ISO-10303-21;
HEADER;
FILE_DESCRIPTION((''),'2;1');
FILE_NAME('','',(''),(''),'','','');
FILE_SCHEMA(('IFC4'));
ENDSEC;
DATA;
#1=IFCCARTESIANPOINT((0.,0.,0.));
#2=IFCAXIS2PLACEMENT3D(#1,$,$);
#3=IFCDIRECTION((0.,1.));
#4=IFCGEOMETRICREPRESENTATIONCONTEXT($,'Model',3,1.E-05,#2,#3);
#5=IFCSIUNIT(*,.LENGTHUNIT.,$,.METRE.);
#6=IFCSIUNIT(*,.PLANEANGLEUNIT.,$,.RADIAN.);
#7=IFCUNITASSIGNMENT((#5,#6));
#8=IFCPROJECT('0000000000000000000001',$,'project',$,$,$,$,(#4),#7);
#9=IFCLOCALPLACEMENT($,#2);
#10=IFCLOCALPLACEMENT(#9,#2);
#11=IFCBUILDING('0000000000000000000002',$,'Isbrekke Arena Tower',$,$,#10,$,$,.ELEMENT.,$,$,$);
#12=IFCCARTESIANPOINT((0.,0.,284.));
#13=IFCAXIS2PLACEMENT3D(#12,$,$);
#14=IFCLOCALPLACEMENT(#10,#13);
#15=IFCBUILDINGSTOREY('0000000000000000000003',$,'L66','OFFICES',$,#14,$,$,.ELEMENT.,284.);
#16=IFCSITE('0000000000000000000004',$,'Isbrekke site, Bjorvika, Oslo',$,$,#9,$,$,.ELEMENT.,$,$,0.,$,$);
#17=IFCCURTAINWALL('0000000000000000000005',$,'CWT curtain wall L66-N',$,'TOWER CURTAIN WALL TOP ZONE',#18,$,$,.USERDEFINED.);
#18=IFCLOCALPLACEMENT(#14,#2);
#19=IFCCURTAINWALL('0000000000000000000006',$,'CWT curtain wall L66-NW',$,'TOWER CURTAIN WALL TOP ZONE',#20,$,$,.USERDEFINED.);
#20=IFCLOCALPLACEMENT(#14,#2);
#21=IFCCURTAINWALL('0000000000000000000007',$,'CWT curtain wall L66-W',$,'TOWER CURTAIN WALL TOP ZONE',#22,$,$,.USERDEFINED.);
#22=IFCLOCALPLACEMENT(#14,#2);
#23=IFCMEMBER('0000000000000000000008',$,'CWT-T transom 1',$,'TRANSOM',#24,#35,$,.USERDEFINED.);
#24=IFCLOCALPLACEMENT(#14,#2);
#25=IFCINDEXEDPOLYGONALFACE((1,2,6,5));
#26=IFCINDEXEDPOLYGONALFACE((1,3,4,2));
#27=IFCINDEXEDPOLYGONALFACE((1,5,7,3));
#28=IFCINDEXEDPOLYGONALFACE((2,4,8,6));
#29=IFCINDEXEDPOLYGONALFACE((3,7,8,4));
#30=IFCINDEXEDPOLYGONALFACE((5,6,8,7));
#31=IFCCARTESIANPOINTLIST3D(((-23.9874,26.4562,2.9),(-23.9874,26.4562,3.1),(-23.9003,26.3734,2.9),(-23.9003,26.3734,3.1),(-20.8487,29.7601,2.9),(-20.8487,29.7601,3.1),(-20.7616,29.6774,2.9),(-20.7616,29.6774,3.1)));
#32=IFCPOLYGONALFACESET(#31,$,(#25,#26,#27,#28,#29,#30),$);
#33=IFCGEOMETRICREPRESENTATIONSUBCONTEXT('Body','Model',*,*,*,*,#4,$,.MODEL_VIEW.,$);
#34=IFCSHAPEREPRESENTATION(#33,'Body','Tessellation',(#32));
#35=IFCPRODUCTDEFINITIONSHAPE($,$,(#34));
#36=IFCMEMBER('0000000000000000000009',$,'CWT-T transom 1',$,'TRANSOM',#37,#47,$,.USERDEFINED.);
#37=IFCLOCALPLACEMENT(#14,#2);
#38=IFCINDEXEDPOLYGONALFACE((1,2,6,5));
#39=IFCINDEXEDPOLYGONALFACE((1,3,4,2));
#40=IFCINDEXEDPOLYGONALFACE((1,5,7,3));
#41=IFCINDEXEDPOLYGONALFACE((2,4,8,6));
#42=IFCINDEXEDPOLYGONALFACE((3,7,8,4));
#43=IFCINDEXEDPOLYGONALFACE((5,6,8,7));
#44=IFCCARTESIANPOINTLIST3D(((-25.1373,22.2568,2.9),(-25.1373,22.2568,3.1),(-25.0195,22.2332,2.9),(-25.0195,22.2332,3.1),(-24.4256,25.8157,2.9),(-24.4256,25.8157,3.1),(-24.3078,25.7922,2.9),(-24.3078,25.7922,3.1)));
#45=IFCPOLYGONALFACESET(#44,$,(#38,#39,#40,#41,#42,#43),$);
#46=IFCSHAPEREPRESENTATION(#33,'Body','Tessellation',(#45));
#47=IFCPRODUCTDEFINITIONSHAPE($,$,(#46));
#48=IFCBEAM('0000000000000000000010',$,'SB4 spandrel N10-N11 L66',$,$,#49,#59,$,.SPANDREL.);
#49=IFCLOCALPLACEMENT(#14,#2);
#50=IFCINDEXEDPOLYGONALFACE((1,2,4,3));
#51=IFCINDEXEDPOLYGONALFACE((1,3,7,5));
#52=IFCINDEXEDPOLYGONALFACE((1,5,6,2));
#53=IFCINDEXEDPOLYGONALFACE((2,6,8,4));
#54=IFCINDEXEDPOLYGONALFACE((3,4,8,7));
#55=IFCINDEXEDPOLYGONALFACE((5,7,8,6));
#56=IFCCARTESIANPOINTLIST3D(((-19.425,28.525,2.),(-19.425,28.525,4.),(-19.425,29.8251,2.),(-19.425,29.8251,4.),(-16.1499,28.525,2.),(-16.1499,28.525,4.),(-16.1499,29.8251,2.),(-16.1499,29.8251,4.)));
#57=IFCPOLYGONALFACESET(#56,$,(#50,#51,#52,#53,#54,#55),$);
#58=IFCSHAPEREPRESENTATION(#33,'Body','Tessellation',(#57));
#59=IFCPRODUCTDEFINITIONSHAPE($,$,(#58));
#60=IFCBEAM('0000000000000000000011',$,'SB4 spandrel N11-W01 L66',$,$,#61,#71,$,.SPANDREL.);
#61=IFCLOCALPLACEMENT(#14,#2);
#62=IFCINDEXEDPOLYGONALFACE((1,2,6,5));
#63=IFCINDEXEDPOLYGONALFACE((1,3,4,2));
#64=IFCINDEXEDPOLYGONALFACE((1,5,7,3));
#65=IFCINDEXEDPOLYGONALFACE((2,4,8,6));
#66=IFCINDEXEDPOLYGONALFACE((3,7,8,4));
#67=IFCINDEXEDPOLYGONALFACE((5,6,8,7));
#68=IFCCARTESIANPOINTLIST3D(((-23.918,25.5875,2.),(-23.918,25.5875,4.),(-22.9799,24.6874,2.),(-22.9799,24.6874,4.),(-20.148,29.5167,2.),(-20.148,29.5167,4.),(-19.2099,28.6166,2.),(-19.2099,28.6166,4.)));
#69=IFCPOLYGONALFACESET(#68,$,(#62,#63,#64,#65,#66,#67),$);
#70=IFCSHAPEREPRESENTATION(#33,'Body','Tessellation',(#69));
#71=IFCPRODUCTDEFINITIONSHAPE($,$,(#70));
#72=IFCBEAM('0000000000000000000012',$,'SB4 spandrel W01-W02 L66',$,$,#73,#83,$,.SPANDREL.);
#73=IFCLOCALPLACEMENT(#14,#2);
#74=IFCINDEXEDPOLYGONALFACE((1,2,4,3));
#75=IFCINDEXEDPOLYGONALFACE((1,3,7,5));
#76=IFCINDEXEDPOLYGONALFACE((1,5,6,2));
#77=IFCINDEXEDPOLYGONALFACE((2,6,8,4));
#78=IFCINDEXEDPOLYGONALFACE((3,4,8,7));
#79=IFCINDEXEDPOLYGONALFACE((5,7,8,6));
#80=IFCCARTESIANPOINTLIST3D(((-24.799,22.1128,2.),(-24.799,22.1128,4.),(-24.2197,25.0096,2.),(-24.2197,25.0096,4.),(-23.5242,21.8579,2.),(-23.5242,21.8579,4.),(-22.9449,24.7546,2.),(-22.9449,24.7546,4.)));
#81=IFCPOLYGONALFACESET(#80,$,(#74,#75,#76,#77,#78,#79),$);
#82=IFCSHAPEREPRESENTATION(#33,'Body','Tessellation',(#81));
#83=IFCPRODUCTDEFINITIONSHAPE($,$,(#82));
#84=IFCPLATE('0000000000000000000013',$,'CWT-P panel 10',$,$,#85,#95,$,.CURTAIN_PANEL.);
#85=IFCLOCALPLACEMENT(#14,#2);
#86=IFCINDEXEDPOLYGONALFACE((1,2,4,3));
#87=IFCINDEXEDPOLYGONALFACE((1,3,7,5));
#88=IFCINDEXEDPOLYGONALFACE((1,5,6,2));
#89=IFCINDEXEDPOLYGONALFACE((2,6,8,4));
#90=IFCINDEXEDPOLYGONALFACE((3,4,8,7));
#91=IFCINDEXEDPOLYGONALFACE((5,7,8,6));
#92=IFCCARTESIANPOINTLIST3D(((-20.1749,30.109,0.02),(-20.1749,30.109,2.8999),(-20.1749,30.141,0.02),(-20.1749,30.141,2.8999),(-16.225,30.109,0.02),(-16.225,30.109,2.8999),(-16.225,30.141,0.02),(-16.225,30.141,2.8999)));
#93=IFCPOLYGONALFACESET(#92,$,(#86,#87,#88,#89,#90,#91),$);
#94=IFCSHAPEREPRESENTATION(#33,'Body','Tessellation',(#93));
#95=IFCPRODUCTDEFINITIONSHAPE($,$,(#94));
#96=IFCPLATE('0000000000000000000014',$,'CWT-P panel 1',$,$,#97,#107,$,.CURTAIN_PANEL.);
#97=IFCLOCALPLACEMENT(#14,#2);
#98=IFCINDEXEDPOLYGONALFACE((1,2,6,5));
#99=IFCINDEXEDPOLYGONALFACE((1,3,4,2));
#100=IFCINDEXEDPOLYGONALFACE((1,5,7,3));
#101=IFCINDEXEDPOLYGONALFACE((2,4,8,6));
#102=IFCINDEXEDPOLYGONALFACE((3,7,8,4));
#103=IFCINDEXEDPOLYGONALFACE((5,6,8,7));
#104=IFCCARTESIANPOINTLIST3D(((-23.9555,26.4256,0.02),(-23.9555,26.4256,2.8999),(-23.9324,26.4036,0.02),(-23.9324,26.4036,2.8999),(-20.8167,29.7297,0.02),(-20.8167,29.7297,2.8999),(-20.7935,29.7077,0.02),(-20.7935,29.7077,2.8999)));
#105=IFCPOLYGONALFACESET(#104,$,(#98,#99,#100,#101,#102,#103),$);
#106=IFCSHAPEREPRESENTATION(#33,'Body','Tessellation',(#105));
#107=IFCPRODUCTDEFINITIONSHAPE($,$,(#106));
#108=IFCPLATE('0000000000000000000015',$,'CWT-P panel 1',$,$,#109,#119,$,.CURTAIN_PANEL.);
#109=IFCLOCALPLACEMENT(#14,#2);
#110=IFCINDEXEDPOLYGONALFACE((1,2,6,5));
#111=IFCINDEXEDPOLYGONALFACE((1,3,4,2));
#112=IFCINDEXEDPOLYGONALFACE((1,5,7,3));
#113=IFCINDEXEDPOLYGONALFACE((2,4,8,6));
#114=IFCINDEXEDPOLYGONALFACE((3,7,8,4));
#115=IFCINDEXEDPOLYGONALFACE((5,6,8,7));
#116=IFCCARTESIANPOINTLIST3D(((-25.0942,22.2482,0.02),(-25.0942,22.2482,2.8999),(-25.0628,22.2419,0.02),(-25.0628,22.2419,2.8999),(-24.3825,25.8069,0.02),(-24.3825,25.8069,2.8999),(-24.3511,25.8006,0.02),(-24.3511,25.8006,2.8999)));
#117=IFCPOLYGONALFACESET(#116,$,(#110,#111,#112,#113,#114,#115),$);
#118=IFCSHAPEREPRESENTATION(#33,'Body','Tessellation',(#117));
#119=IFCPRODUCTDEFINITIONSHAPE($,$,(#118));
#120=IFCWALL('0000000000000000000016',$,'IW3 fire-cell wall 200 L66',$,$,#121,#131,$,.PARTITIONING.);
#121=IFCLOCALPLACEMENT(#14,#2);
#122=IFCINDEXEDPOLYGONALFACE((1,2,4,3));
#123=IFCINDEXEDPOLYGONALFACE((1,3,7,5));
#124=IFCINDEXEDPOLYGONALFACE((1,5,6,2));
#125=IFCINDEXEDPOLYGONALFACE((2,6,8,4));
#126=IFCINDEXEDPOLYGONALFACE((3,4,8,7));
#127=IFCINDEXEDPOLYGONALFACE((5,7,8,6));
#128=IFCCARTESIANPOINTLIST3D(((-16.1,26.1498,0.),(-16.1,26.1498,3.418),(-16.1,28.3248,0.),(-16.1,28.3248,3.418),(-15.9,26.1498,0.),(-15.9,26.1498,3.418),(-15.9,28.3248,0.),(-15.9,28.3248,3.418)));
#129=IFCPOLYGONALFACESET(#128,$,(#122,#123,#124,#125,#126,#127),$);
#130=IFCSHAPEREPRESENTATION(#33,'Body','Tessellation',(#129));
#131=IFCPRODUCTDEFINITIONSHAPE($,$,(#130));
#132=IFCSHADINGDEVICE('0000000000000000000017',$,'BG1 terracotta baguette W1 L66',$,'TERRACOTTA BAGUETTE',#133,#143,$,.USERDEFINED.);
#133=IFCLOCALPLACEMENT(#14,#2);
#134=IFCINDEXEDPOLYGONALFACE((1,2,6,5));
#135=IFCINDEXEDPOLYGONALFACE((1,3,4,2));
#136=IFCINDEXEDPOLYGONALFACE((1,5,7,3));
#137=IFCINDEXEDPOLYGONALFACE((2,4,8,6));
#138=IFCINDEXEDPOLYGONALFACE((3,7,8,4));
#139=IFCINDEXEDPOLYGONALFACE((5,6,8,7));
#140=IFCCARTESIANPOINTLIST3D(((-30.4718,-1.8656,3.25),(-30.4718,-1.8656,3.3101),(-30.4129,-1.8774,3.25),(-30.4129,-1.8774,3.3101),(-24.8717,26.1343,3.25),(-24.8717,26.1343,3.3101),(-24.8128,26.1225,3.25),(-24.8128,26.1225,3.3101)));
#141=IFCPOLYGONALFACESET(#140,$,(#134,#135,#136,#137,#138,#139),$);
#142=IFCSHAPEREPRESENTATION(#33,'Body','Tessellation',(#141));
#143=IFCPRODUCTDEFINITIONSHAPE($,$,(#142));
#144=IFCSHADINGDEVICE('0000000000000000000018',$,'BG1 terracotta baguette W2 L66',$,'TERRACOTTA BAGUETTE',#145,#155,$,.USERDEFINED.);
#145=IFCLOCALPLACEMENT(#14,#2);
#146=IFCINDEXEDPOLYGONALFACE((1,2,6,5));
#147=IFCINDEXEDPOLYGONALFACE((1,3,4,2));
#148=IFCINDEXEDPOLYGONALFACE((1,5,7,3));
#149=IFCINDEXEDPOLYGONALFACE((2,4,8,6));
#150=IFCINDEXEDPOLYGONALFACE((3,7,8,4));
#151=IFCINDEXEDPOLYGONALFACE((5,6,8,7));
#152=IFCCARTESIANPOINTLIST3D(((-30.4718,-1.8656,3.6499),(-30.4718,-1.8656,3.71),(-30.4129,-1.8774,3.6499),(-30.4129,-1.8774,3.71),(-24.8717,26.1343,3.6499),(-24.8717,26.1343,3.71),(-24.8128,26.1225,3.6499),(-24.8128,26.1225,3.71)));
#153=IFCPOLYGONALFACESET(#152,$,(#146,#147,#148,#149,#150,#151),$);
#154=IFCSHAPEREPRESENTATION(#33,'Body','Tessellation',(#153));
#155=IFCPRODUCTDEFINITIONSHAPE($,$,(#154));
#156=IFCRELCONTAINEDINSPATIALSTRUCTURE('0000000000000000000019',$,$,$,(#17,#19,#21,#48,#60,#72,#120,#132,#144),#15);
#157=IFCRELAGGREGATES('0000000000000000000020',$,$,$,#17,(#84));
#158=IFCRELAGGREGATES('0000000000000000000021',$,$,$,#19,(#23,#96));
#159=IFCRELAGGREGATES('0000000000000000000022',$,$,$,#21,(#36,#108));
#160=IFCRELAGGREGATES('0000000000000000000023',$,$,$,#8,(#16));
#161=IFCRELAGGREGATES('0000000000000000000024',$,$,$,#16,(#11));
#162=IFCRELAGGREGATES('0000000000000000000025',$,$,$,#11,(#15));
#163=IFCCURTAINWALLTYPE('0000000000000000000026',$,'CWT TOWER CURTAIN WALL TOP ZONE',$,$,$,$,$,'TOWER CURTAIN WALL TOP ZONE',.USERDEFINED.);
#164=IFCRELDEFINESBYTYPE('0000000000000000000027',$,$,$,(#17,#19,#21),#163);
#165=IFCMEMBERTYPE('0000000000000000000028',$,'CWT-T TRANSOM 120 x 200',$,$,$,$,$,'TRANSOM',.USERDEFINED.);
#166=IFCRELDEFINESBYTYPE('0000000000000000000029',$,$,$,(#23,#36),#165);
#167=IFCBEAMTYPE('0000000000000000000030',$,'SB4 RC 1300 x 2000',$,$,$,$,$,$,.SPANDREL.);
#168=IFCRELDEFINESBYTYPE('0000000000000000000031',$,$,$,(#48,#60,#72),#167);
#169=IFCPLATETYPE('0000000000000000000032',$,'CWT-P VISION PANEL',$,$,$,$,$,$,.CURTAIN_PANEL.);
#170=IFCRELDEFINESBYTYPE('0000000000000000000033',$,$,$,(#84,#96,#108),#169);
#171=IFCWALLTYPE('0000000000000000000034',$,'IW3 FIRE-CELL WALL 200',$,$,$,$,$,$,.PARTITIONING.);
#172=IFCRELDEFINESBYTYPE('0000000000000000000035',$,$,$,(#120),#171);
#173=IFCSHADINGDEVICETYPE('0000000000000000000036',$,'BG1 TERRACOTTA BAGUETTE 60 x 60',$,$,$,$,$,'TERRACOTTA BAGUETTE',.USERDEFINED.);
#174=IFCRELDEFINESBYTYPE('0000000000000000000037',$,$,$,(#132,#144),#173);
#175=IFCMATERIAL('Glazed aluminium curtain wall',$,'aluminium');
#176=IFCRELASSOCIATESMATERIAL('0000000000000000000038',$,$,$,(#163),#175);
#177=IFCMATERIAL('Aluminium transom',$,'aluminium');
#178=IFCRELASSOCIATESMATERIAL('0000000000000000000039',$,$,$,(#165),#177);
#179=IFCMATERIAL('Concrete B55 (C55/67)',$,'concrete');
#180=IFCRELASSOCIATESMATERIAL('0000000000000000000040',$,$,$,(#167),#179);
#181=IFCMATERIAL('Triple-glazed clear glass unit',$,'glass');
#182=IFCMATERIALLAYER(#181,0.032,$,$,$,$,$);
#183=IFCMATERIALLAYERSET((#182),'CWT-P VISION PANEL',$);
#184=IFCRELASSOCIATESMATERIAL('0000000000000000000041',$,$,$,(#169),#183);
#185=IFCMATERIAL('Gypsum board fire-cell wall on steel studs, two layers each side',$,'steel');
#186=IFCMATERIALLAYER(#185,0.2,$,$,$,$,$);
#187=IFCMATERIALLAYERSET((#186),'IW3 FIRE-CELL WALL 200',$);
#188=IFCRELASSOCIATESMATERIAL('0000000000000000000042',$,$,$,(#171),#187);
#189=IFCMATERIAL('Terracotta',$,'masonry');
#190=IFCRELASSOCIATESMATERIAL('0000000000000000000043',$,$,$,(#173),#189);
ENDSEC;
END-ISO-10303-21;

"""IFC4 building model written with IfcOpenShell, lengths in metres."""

from ifc_helpers import new_model, si_unit, direction, frame, frame_2d, origin, origin_2d, place, context, subcontext, project, spatial, rectangle, extrude, material, layer, layer_set, material_profile, profile_set, type_object, element, aggregate, save


model = new_model("IFC4")

# Units and contexts
model_context = context("Model", 3, precision=1e-05, world=origin(), true_north=direction((0.0, 1.0)))
body_context = subcontext(model_context, "Body", "Model", "MODEL_VIEW")
ifc_project = project(units=[si_unit("LENGTHUNIT", "METRE"), si_unit("PLANEANGLEUNIT", "RADIAN")], contexts=[model_context])

# Site, building, storey
site_placement = place(None, origin())
site = spatial("IfcSite", under=ifc_project, at=site_placement, Name="Isbrekke site, Bjorvika, Oslo", CompositionType="ELEMENT", RefElevation=0.0)
building_placement = place(site_placement, origin())
building = spatial("IfcBuilding", under=site, at=building_placement, Name="Isbrekke Arena Tower", CompositionType="ELEMENT")
storey_placement = place(building_placement, frame((0.0, 0.0, 284.0)))
storey = spatial("IfcBuildingStorey", under=building, at=storey_placement, Name="L66", Description="OFFICES", CompositionType="ELEMENT", Elevation=284.0)

# Curtain wall
ifc_material_1 = material(Name="Glazed aluminium curtain wall", Category="aluminium")
curtain_wall_type = type_object("IfcCurtainWallType", Name="CWT TOWER CURTAIN WALL TOP ZONE", ElementType="TOWER CURTAIN WALL TOP ZONE", PredefinedType="USERDEFINED", material=ifc_material_1)
curtain_wall_1_placement = place(storey_placement, origin())
curtain_wall_1 = element("IfcCurtainWall", 1, at=curtain_wall_1_placement, inside=storey, type_object=curtain_wall_type, Name="CWT curtain wall L66-N", ObjectType="TOWER CURTAIN WALL TOP ZONE", PredefinedType="USERDEFINED")

# Curtain wall
curtain_wall_2_placement = place(storey_placement, origin())
curtain_wall_2 = element("IfcCurtainWall", 2, at=curtain_wall_2_placement, inside=storey, type_object=curtain_wall_type, Name="CWT curtain wall L66-NW", ObjectType="TOWER CURTAIN WALL TOP ZONE", PredefinedType="USERDEFINED")

# Curtain wall
curtain_wall_3_placement = place(storey_placement, origin())
curtain_wall_3 = element("IfcCurtainWall", 3, at=curtain_wall_3_placement, inside=storey, type_object=curtain_wall_type, Name="CWT curtain wall L66-W", ObjectType="TOWER CURTAIN WALL TOP ZONE", PredefinedType="USERDEFINED")

# Members
ifc_material_2 = material(Name="Aluminium transom", Category="aluminium")
ifc_material_profile_1 = material_profile(ifc_material_2, rectangle(XDim=0.1201, YDim=0.2, at=origin_2d()), Name="TRANSOM 120X200")
ifc_profile_set_1 = profile_set([ifc_material_profile_1], Name="Aluminium transom")
member_type_1 = type_object("IfcMemberType", Name="CWT-T TRANSOM 120 x 200", ElementType="TRANSOM", PredefinedType="USERDEFINED", material=ifc_profile_set_1)
member_1_placement = place(storey_placement, frame((-20.8052, 29.7188, 3.0), z_axis=(-0.68874, -0.725009, 0.0), x_axis=(0.725009, -0.68874, 0.0)))
member_1 = element("IfcMember", 4, at=member_1_placement, type_object=member_type_1, Name="CWT-T transom 1", ObjectType="TRANSOM", PredefinedType="USERDEFINED", context=body_context, shape_type="SweptSolid", body=[
    extrude(rectangle(XDim=0.1201, YDim=0.2, at=origin_2d()), origin(), (0.0, 0.0, 1.0), 4.5571),
])
member_2_placement = place(storey_placement, frame((-24.3667, 25.804, 3.0), z_axis=(-0.19609, -0.980586, 0.0), x_axis=(0.980586, -0.19609, 0.0)))
member_2 = element("IfcMember", 5, at=member_2_placement, type_object=member_type_1, Name="CWT-T transom 1", ObjectType="TRANSOM", PredefinedType="USERDEFINED", context=body_context, shape_type="SweptSolid", body=[
    extrude(rectangle(XDim=0.1201, YDim=0.2, at=origin_2d()), origin(), (0.0, 0.0, 1.0), 3.6294),
])

# Beams
ifc_material_3 = material(Name="Concrete B55 (C55/67)", Category="concrete")
ifc_material_profile_2 = material_profile(ifc_material_3, rectangle(XDim=1.3, YDim=2.0, at=origin_2d()), Name="RC 1300x2000")
ifc_profile_set_2 = profile_set([ifc_material_profile_2], Name="Concrete B55 (C55/67)")
beam_type_1 = type_object("IfcBeamType", Name="SB4 RC 1300 x 2000", PredefinedType="SPANDREL", material=ifc_profile_set_2)
beam_1_placement = place(storey_placement, frame((-16.1499, 29.175, 3.0), z_axis=(-1.0, 0.0, 0.0), x_axis=(0.0, -1.0, 0.0)))
element("IfcBeam", 6, at=beam_1_placement, inside=storey, type_object=beam_type_1, Name="SB4 spandrel N10-N11 L66", PredefinedType="SPANDREL", context=body_context, shape_type="SweptSolid", body=[
    extrude(rectangle(XDim=1.3, YDim=2.0, at=origin_2d()), origin(), (0.0, 0.0, 1.0), 3.2751),
])
beam_2_placement = place(storey_placement, frame((-19.679, 29.0667, 3.0), z_axis=(-0.69234, -0.721572, 0.0), x_axis=(0.721572, -0.69234, 0.0)))
element("IfcBeam", 7, at=beam_2_placement, inside=storey, type_object=beam_type_1, Name="SB4 spandrel N11-W01 L66", PredefinedType="SPANDREL", context=body_context, shape_type="SweptSolid", body=[
    extrude(rectangle(XDim=1.3, YDim=2.0, at=origin_2d()), origin(), (0.0, 0.0, 1.0), 5.4453),
])
beam_3_placement = place(storey_placement, frame((-23.5823, 24.8821, 3.0), z_axis=(-0.196116, -0.980581, 0.0), x_axis=(0.980581, -0.196116, 0.0)))
element("IfcBeam", 8, at=beam_3_placement, inside=storey, type_object=beam_type_1, Name="SB4 spandrel W01-W02 L66", PredefinedType="SPANDREL", context=body_context, shape_type="SweptSolid", body=[
    extrude(rectangle(XDim=1.3, YDim=2.0, at=origin_2d()), origin(), (0.0, 0.0, 1.0), 2.9541),
])

# Plates
ifc_material_4 = material(Name="Triple-glazed clear glass unit", Category="glass")
ifc_layer_1 = layer(ifc_material_4, 0.032)
ifc_layer_set_1 = layer_set([ifc_layer_1], Name="CWT-P VISION PANEL")
plate_type = type_object("IfcPlateType", Name="CWT-P VISION PANEL", PredefinedType="CURTAIN_PANEL", material=ifc_layer_set_1)
plate_1_placement = place(storey_placement, frame((-18.2, 30.125, 0.02), z_axis=(0.0, 0.0, 1.0), x_axis=(-1.0, 0.0, 0.0)))
plate_1 = element("IfcPlate", 9, at=plate_1_placement, type_object=plate_type, Name="CWT-P panel 10", PredefinedType="CURTAIN_PANEL", context=body_context, shape_type="SweptSolid", body=[
    extrude(rectangle(XDim=3.95, YDim=0.032, at=origin_2d()), origin(), (0.0, 0.0, 1.0), 2.8799),
])
aggregate(curtain_wall_1, [plate_1])
plate_2_placement = place(storey_placement, frame((-22.3745, 28.0667, 0.02), z_axis=(0.0, 0.0, 1.0), x_axis=(-0.688749, -0.724999, 0.0)))
plate_2 = element("IfcPlate", 10, at=plate_2_placement, type_object=plate_type, Name="CWT-P panel 1", PredefinedType="CURTAIN_PANEL", context=body_context, shape_type="SweptSolid", body=[
    extrude(rectangle(XDim=4.5574, YDim=0.032, at=origin_2d()), origin(), (0.0, 0.0, 1.0), 2.8799),
])
aggregate(curtain_wall_2, [member_1, plate_2])
plate_3_placement = place(storey_placement, frame((-24.7227, 24.0244, 0.02), z_axis=(0.0, 0.0, 1.0), x_axis=(-0.196116, -0.980581, 0.0)))
plate_3 = element("IfcPlate", 11, at=plate_3_placement, type_object=plate_type, Name="CWT-P panel 1", PredefinedType="CURTAIN_PANEL", context=body_context, shape_type="SweptSolid", body=[
    extrude(rectangle(XDim=3.6292, YDim=0.032, at=origin_2d()), origin(), (0.0, 0.0, 1.0), 2.8799),
])
aggregate(curtain_wall_3, [member_2, plate_3])

# Shared definitions
ifc_material_5 = material(Name="Gypsum board fire-cell wall on steel studs, two layers each side", Category="steel")
ifc_layer_2 = layer(ifc_material_5, 0.2)
ifc_layer_set_2 = layer_set([ifc_layer_2], Name="IW3 FIRE-CELL WALL 200")
wall_type = type_object("IfcWallType", Name="IW3 FIRE-CELL WALL 200", PredefinedType="PARTITIONING", material=ifc_layer_set_2)

# Wall
wall_1_placement = place(storey_placement, frame((-16.0, 26.1499, 0.0), z_axis=(0.0, 0.0, 1.0), x_axis=(0.0, 1.0, 0.0)))
element("IfcWall", 12, at=wall_1_placement, inside=storey, type_object=wall_type, Name="IW3 fire-cell wall 200 L66", PredefinedType="PARTITIONING", context=body_context, shape_type="SweptSolid", body=[
    extrude(rectangle(XDim=2.175, YDim=0.2, at=frame_2d((1.0874, 0.0))), origin(), (0.0, 0.0, 1.0), 3.418),
])

# Shading devices
ifc_material_6 = material(Name="Terracotta", Category="masonry")
ifc_material_profile_3 = material_profile(ifc_material_6, rectangle(XDim=0.0601, YDim=0.0601, at=origin_2d()), Name="BAGUETTE 60X60")
ifc_profile_set_3 = profile_set([ifc_material_profile_3], Name="Terracotta")
shading_device_type = type_object("IfcShadingDeviceType", Name="BG1 TERRACOTTA BAGUETTE 60 x 60", ElementType="TERRACOTTA BAGUETTE", PredefinedType="USERDEFINED", material=ifc_profile_set_3)
for number, where, z_axis, x_axis, name in (
    (13, (-24.8423, 26.1284, 3.28), (-0.196119, -0.98058, 0.0), (0.98058, -0.196119, 0.0), "BG1 terracotta baguette W1 L66"),
    (14, (-24.8423, 26.1284, 3.6799), (-0.196119, -0.98058, 0.0), (0.98058, -0.196119, 0.0), "BG1 terracotta baguette W2 L66"),
):
    element("IfcShadingDevice", number, at=place(storey_placement, frame(where, z_axis=z_axis, x_axis=x_axis)), inside=storey, type_object=shading_device_type, Name=name, ObjectType="TERRACOTTA BAGUETTE", PredefinedType="USERDEFINED", context=body_context, shape_type="SweptSolid", body=[
        extrude(rectangle(XDim=0.0601, YDim=0.0601, at=origin_2d()), origin(), (0.0, 0.0, 1.0), 28.5544),
    ])

save(model, "model.ifc")
